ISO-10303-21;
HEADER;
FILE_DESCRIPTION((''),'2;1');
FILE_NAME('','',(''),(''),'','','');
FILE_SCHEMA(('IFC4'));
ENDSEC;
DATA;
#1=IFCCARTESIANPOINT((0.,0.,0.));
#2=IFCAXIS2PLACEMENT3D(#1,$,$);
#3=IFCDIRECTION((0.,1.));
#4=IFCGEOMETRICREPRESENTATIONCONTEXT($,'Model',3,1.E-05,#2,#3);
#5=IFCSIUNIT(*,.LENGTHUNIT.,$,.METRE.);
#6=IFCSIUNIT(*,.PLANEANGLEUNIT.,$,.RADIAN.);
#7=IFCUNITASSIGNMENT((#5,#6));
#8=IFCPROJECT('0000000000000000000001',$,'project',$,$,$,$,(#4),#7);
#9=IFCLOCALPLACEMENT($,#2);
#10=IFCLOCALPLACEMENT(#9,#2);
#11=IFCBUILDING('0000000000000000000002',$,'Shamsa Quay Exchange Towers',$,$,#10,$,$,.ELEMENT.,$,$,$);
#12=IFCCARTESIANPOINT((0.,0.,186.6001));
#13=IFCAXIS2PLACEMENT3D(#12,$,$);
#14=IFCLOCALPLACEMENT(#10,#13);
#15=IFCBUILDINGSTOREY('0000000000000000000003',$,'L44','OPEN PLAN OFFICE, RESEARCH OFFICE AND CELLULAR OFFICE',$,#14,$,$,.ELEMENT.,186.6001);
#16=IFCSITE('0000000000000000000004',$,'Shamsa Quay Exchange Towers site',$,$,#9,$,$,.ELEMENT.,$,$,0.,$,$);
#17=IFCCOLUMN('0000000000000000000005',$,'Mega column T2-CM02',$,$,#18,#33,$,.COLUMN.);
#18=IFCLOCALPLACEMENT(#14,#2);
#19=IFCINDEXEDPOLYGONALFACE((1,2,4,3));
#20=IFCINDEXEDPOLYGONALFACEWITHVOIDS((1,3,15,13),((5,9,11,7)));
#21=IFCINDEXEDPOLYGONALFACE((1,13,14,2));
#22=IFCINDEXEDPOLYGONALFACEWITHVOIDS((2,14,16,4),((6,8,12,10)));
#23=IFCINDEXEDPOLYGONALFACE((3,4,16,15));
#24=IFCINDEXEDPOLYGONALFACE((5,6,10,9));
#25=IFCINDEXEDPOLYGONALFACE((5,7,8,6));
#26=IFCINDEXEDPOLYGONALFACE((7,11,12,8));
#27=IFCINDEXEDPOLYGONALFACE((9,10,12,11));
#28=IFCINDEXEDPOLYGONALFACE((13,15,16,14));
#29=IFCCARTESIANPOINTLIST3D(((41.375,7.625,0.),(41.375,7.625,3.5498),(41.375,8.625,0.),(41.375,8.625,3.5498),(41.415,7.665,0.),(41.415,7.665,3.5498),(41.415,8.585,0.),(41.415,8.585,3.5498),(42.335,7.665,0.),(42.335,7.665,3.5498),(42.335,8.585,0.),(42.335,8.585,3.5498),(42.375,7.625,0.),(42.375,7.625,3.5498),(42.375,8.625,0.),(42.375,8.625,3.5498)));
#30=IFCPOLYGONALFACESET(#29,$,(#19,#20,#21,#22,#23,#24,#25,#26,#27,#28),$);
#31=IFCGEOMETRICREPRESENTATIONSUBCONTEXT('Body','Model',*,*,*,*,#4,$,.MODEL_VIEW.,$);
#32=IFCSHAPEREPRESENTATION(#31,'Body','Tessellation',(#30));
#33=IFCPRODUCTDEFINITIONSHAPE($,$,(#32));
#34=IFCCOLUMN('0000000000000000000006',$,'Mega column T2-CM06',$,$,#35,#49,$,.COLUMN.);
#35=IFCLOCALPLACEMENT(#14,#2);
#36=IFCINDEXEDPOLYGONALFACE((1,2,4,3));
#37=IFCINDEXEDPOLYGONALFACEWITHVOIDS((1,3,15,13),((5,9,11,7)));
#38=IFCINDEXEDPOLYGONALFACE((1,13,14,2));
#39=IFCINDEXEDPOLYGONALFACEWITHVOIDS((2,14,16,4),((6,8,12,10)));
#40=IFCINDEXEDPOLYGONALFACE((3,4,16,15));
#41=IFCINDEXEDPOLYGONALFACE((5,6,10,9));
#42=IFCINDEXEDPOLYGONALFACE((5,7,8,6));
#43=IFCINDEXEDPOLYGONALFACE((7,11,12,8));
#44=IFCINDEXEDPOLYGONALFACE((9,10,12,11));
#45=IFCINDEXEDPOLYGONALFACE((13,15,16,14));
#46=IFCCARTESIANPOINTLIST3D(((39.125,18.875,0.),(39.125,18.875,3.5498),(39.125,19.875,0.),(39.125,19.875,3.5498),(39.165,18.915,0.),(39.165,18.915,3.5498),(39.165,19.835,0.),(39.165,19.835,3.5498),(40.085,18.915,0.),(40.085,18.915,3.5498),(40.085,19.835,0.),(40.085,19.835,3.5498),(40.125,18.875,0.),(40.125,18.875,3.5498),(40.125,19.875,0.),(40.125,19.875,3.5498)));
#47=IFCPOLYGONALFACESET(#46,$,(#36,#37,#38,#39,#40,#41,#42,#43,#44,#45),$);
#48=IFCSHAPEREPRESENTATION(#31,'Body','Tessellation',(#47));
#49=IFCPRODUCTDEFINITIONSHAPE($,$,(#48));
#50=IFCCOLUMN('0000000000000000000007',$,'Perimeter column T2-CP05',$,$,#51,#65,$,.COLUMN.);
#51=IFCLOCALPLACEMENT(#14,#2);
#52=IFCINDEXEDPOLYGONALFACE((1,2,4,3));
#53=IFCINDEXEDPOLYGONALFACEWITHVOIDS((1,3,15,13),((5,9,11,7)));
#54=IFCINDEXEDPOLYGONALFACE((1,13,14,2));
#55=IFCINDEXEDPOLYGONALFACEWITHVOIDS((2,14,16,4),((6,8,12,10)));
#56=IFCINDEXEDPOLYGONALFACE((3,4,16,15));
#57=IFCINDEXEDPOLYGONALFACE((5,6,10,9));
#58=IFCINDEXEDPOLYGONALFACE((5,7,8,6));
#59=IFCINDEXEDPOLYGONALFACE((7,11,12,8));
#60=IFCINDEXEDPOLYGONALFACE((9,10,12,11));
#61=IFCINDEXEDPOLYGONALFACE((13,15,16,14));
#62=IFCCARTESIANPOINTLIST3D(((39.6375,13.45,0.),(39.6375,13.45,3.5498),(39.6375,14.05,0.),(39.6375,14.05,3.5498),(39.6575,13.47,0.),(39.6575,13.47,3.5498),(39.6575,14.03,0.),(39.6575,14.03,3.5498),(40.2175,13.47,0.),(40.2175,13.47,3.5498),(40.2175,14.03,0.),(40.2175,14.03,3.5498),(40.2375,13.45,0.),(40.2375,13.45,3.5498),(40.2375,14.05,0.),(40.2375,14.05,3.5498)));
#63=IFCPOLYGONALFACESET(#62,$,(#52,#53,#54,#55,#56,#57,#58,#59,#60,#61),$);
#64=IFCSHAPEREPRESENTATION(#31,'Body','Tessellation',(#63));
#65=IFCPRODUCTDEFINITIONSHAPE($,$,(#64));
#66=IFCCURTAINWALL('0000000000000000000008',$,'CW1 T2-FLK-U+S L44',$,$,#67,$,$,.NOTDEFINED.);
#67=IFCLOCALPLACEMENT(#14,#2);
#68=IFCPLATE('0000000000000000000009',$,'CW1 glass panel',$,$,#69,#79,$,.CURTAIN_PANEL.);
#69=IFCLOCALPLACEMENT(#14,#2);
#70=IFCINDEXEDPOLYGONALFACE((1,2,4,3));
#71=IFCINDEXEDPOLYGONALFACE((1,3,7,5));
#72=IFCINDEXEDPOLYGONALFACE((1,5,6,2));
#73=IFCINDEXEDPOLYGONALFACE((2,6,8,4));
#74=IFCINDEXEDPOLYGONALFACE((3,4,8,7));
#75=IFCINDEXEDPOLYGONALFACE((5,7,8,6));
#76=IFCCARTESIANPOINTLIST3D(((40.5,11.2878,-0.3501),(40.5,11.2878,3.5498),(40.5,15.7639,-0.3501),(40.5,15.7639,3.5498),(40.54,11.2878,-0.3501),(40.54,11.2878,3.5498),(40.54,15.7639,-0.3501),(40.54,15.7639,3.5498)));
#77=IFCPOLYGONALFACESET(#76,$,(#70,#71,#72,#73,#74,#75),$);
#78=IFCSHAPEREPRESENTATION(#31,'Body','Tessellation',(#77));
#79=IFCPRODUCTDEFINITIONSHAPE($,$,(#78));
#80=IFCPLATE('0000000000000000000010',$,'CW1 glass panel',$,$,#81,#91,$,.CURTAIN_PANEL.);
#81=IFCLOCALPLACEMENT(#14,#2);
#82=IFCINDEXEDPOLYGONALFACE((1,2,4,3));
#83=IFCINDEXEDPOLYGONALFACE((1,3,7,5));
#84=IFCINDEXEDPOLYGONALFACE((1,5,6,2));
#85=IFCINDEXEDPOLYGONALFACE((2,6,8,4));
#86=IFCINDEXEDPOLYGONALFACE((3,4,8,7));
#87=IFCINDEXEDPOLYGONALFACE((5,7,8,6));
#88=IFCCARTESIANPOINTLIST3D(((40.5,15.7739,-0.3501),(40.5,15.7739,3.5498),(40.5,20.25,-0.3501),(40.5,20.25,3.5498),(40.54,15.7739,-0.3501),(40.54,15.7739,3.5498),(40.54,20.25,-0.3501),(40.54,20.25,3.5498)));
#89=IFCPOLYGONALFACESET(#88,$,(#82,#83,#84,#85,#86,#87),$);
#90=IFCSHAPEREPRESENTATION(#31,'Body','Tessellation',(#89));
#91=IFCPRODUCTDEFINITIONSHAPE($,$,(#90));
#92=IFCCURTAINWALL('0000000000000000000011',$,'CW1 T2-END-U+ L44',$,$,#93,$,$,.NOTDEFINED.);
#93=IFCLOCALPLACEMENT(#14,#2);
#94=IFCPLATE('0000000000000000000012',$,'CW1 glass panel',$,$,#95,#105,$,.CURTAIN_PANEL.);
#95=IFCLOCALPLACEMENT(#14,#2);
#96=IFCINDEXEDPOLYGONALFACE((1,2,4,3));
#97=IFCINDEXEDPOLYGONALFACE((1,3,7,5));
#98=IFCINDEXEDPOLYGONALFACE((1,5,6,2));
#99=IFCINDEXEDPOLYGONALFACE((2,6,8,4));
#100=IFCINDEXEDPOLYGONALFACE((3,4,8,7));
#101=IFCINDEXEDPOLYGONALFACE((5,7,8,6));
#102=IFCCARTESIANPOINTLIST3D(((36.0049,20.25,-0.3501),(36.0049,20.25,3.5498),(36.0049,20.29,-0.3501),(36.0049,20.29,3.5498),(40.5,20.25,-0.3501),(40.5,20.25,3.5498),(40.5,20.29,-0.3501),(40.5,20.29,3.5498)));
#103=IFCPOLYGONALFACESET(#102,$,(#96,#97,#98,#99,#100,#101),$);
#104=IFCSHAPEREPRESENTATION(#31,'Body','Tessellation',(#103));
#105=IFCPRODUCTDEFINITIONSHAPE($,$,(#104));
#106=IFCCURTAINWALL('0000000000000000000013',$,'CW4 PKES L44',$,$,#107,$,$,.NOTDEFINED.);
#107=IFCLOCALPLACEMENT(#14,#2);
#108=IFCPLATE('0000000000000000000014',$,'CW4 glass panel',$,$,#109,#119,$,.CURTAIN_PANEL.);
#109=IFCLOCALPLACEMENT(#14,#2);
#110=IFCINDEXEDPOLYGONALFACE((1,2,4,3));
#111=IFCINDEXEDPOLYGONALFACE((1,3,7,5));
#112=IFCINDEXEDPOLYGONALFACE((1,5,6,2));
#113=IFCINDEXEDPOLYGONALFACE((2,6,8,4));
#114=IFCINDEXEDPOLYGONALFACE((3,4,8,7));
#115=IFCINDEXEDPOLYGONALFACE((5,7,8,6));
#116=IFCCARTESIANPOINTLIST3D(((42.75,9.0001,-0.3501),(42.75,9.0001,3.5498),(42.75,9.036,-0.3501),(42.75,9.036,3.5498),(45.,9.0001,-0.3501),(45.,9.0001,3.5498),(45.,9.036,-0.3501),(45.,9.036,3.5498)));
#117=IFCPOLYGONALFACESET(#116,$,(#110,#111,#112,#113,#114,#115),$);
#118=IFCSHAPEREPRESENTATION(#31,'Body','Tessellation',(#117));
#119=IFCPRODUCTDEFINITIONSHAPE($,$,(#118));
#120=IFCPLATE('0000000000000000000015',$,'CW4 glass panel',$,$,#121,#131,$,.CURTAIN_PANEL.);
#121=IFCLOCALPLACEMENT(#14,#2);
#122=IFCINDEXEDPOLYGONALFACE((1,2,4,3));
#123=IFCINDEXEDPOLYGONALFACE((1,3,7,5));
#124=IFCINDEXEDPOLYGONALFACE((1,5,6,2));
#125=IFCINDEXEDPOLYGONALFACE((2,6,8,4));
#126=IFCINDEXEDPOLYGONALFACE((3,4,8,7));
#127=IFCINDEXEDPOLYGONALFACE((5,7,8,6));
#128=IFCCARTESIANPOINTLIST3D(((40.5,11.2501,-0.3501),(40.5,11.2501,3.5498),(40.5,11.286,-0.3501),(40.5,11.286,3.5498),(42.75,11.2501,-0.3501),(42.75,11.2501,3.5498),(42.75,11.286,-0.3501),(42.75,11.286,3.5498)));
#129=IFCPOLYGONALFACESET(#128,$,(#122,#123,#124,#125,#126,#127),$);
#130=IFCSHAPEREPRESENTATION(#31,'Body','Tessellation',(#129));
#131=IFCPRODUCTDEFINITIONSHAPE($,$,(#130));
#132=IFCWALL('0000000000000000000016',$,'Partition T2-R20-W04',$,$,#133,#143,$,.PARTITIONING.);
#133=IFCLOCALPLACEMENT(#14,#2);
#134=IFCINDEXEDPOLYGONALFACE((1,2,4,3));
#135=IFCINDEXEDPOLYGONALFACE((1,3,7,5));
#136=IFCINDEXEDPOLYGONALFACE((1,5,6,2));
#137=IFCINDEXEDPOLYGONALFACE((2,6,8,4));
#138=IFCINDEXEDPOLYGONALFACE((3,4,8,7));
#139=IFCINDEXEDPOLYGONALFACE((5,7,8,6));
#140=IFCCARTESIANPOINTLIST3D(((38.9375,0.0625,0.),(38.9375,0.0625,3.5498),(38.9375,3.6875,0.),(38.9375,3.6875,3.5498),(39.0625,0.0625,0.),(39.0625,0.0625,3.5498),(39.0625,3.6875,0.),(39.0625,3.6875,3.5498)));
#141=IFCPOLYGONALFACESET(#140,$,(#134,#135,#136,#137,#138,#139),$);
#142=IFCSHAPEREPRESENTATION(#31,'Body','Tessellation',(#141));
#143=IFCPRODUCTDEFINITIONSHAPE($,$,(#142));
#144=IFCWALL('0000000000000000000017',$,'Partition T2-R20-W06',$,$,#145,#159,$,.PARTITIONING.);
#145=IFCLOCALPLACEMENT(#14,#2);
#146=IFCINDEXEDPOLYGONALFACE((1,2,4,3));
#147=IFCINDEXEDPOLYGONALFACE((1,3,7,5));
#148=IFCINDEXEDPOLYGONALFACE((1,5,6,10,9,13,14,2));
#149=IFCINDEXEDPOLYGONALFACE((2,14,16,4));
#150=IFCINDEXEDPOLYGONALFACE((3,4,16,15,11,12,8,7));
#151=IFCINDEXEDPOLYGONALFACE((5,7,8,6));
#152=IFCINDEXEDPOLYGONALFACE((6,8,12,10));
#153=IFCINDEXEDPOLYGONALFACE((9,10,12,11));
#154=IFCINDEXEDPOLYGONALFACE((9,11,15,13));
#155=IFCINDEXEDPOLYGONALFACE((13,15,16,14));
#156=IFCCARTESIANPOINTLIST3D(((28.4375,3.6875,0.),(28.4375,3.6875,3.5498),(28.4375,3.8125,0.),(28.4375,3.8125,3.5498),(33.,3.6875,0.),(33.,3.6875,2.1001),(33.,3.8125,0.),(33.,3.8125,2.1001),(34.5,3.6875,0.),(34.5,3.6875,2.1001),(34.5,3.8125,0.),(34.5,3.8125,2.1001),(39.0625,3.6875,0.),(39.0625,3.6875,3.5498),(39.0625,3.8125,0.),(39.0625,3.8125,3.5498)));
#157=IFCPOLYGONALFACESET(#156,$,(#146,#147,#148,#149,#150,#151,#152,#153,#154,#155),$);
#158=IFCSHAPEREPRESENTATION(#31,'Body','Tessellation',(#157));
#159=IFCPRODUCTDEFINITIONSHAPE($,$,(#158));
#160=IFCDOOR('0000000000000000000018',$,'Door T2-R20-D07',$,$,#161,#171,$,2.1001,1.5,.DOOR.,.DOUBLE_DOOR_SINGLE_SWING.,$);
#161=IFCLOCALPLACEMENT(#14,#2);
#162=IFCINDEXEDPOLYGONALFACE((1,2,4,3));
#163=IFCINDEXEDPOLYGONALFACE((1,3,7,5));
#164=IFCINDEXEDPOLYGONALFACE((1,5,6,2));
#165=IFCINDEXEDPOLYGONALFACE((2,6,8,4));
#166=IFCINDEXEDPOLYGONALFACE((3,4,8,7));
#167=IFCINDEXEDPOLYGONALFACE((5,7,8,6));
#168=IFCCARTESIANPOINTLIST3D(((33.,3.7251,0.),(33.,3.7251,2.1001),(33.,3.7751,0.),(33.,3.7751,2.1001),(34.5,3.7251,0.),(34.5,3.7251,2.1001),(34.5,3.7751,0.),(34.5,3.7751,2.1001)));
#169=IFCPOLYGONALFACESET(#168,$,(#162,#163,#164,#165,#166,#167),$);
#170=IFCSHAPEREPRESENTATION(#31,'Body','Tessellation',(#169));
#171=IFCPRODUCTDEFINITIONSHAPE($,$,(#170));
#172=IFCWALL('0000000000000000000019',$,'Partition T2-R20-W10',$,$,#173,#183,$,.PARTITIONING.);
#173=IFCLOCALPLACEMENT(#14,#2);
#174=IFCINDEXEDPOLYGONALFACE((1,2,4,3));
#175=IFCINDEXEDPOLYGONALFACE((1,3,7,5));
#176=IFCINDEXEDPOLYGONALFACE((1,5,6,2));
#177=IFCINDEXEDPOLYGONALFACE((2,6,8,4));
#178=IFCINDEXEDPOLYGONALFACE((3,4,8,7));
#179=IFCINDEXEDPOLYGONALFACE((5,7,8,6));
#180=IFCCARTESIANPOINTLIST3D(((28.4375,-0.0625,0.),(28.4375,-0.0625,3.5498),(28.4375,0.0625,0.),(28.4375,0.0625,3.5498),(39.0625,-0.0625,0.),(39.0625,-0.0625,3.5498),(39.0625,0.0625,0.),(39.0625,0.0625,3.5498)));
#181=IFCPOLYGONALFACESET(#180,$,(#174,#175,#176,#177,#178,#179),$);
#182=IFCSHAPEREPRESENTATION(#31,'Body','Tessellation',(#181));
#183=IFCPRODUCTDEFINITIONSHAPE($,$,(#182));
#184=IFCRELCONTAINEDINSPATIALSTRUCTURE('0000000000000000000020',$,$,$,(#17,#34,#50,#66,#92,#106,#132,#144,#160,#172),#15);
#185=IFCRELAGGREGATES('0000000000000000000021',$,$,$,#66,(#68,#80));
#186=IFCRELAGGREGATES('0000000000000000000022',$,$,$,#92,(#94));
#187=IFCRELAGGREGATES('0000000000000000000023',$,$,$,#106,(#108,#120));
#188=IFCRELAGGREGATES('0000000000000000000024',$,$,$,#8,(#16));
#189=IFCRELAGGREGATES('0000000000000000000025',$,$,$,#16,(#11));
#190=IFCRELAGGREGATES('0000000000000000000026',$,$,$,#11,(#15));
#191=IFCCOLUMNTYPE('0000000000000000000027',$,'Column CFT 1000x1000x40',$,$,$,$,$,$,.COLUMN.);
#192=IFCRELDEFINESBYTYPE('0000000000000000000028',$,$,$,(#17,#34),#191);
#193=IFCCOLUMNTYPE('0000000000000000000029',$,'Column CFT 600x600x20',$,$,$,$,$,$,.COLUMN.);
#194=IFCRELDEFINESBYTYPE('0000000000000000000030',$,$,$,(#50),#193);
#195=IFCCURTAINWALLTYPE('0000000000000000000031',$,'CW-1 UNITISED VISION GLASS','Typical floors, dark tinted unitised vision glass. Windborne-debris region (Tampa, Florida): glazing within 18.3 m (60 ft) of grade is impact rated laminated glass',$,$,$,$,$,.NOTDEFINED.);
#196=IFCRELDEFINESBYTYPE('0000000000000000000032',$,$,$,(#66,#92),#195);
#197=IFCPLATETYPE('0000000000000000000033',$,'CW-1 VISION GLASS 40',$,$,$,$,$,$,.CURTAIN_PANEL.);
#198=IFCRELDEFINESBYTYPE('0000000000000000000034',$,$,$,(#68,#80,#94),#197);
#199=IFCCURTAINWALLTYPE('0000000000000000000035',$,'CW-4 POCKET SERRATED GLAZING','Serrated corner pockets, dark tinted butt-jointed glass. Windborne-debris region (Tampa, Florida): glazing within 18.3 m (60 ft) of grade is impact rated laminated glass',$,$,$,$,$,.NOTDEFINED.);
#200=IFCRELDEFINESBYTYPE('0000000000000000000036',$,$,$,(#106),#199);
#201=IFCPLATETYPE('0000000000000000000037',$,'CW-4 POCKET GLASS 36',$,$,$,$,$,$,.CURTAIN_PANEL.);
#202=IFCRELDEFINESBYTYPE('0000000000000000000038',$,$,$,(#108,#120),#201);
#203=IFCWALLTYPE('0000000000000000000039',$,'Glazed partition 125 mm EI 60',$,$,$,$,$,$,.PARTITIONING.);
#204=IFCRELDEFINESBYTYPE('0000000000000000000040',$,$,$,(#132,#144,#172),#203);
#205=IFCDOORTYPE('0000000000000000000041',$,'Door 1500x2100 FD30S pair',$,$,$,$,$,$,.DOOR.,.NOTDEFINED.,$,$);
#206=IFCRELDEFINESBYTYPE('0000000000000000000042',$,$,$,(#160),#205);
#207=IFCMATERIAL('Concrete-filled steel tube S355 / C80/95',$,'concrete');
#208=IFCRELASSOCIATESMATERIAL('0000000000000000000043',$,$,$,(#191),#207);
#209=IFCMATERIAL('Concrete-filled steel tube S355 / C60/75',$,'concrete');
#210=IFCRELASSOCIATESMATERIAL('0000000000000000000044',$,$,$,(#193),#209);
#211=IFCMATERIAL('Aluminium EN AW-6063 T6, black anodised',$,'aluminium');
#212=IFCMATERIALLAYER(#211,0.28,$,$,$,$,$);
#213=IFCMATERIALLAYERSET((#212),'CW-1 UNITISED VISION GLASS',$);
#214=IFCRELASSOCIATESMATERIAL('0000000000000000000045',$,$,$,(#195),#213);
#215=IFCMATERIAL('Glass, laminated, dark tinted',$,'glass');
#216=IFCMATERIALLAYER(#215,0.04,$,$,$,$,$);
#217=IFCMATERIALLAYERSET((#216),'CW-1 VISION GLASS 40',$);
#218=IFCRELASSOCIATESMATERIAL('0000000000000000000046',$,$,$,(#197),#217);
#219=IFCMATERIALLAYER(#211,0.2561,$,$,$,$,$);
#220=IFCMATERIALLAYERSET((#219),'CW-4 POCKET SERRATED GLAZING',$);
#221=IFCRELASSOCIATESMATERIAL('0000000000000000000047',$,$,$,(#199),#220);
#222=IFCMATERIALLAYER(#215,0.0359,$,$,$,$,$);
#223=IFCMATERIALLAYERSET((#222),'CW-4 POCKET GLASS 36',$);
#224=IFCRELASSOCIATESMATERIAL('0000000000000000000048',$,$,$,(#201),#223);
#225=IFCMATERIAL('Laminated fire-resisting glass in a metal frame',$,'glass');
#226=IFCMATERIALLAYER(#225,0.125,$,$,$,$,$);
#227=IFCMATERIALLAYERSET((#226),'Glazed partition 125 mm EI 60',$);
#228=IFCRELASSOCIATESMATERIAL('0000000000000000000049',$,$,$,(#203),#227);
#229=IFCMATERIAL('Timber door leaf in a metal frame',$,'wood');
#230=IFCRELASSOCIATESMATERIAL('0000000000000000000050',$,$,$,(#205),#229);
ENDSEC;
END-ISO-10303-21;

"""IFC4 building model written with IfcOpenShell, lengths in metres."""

from ifc_helpers import new_model, si_unit, direction, frame, frame_2d, origin, origin_2d, place, context, subcontext, project, spatial, rectangle, hollow_rectangle, extrude, material, layer, layer_set, material_profile, profile_set, type_object, element, fill, aggregate, save


model = new_model("IFC4")

# Units and contexts
model_context = context("Model", 3, precision=1e-05, world=origin(), true_north=direction((0.0, 1.0)))
body_context = subcontext(model_context, "Body", "Model", "MODEL_VIEW")
ifc_project = project(units=[si_unit("LENGTHUNIT", "METRE"), si_unit("PLANEANGLEUNIT", "RADIAN")], contexts=[model_context])

# Site, building, storey
site_placement = place(None, origin())
site = spatial("IfcSite", under=ifc_project, at=site_placement, Name="Shamsa Quay Exchange Towers site", CompositionType="ELEMENT", RefElevation=0.0)
building_placement = place(site_placement, origin())
building = spatial("IfcBuilding", under=site, at=building_placement, Name="Shamsa Quay Exchange Towers", CompositionType="ELEMENT")
storey_placement = place(building_placement, frame((0.0, 0.0, 186.6001)))
storey = spatial("IfcBuildingStorey", under=building, at=storey_placement, Name="L44", Description="OPEN PLAN OFFICE, RESEARCH OFFICE AND CELLULAR OFFICE", CompositionType="ELEMENT", Elevation=186.6001)

# Columns
ifc_material_1 = material(Name="Concrete-filled steel tube S355 / C80/95", Category="concrete")
ifc_material_profile_1 = material_profile(ifc_material_1, hollow_rectangle(XDim=1.0, YDim=1.0, WallThickness=0.04, at=origin_2d()), Name="CFT 1000x1000x40")
ifc_profile_set_1 = profile_set([ifc_material_profile_1], Name="Concrete-filled steel tube S355 / C80/95")
column_type_1 = type_object("IfcColumnType", Name="Column CFT 1000x1000x40", PredefinedType="COLUMN", material=ifc_profile_set_1)
for number, where, name in (
    (1, (41.875, 8.125, 0.0), "Mega column T2-CM02"),
    (2, (39.625, 19.375, 0.0), "Mega column T2-CM06"),
):
    element("IfcColumn", number, at=place(storey_placement, frame(where)), inside=storey, type_object=column_type_1, Name=name, PredefinedType="COLUMN", context=body_context, shape_type="SweptSolid", body=[
        extrude(hollow_rectangle(XDim=1.0, YDim=1.0, WallThickness=0.04, at=origin_2d()), origin(), (0.0, 0.0, 1.0), 3.5498),
    ])
ifc_material_2 = material(Name="Concrete-filled steel tube S355 / C60/75", Category="concrete")
ifc_material_profile_2 = material_profile(ifc_material_2, hollow_rectangle(XDim=0.6001, YDim=0.6001, WallThickness=0.02, at=origin_2d()), Name="CFT 600x600x20")
ifc_profile_set_2 = profile_set([ifc_material_profile_2], Name="Concrete-filled steel tube S355 / C60/75")
column_type_2 = type_object("IfcColumnType", Name="Column CFT 600x600x20", PredefinedType="COLUMN", material=ifc_profile_set_2)
column_placement = place(storey_placement, frame((39.9375, 13.75, 0.0)))
element("IfcColumn", 3, at=column_placement, inside=storey, type_object=column_type_2, Name="Perimeter column T2-CP05", PredefinedType="COLUMN", context=body_context, shape_type="SweptSolid", body=[
    extrude(hollow_rectangle(XDim=0.6001, YDim=0.6001, WallThickness=0.02, at=origin_2d()), origin(), (0.0, 0.0, 1.0), 3.5498),
])

# Curtain wall, plates
ifc_material_3 = material(Name="Aluminium EN AW-6063 T6, black anodised", Category="aluminium")
ifc_layer_1 = layer(ifc_material_3, 0.28)
ifc_layer_set_1 = layer_set([ifc_layer_1], Name="CW-1 UNITISED VISION GLASS")
curtain_wall_type_1 = type_object("IfcCurtainWallType", Name="CW-1 UNITISED VISION GLASS", Description="Typical floors, dark tinted unitised vision glass. Windborne-debris region (Tampa, Florida): glazing within 18.3 m (60 ft) of grade is impact rated laminated glass", PredefinedType="NOTDEFINED", material=ifc_layer_set_1)
curtain_wall_1_placement = place(storey_placement, origin())
curtain_wall_1 = element("IfcCurtainWall", 4, at=curtain_wall_1_placement, inside=storey, type_object=curtain_wall_type_1, Name="CW1 T2-FLK-U+S L44", PredefinedType="NOTDEFINED")
ifc_material_4 = material(Name="Glass, laminated, dark tinted", Category="glass")
ifc_layer_2 = layer(ifc_material_4, 0.04)
ifc_layer_set_2 = layer_set([ifc_layer_2], Name="CW-1 VISION GLASS 40")
plate_type_1 = type_object("IfcPlateType", Name="CW-1 VISION GLASS 40", PredefinedType="CURTAIN_PANEL", material=ifc_layer_set_2)
plate_1_placement = place(storey_placement, frame((40.52, 13.5259, -0.3501), z_axis=(0.0, 0.0, 1.0), x_axis=(0.0, 1.0, 0.0)))
plate_1 = element("IfcPlate", 5, at=plate_1_placement, type_object=plate_type_1, Name="CW1 glass panel", PredefinedType="CURTAIN_PANEL", context=body_context, shape_type="SweptSolid", body=[
    extrude(rectangle(XDim=4.4761, YDim=0.04, at=origin_2d()), origin(), (0.0, 0.0, 1.0), 3.8999),
])
plate_2_placement = place(storey_placement, frame((40.52, 18.012, -0.3501), z_axis=(0.0, 0.0, 1.0), x_axis=(0.0, 1.0, 0.0)))
plate_2 = element("IfcPlate", 6, at=plate_2_placement, type_object=plate_type_1, Name="CW1 glass panel", PredefinedType="CURTAIN_PANEL", context=body_context, shape_type="SweptSolid", body=[
    extrude(rectangle(XDim=4.4761, YDim=0.04, at=origin_2d()), origin(), (0.0, 0.0, 1.0), 3.8999),
])
aggregate(curtain_wall_1, [plate_1, plate_2])

# Curtain wall, plate
curtain_wall_2_placement = place(storey_placement, origin())
curtain_wall_2 = element("IfcCurtainWall", 7, at=curtain_wall_2_placement, inside=storey, type_object=curtain_wall_type_1, Name="CW1 T2-END-U+ L44", PredefinedType="NOTDEFINED")
plate_3_placement = place(storey_placement, frame((38.2524, 20.27, -0.3501), z_axis=(0.0, 0.0, 1.0), x_axis=(-1.0, 0.0, 0.0)))
plate_3 = element("IfcPlate", 8, at=plate_3_placement, type_object=plate_type_1, Name="CW1 glass panel", PredefinedType="CURTAIN_PANEL", context=body_context, shape_type="SweptSolid", body=[
    extrude(rectangle(XDim=4.4951, YDim=0.04, at=origin_2d()), origin(), (0.0, 0.0, 1.0), 3.8999),
])
aggregate(curtain_wall_2, [plate_3])

# Curtain wall, plates
ifc_layer_3 = layer(ifc_material_3, 0.2561)
ifc_layer_set_3 = layer_set([ifc_layer_3], Name="CW-4 POCKET SERRATED GLAZING")
curtain_wall_type_2 = type_object("IfcCurtainWallType", Name="CW-4 POCKET SERRATED GLAZING", Description="Serrated corner pockets, dark tinted butt-jointed glass. Windborne-debris region (Tampa, Florida): glazing within 18.3 m (60 ft) of grade is impact rated laminated glass", PredefinedType="NOTDEFINED", material=ifc_layer_set_3)
curtain_wall_3_placement = place(storey_placement, origin())
curtain_wall_3 = element("IfcCurtainWall", 9, at=curtain_wall_3_placement, inside=storey, type_object=curtain_wall_type_2, Name="CW4 PKES L44", PredefinedType="NOTDEFINED")
ifc_layer_4 = layer(ifc_material_4, 0.0359)
ifc_layer_set_4 = layer_set([ifc_layer_4], Name="CW-4 POCKET GLASS 36")
plate_type_2 = type_object("IfcPlateType", Name="CW-4 POCKET GLASS 36", PredefinedType="CURTAIN_PANEL", material=ifc_layer_set_4)
plate_4_placement = place(storey_placement, frame((43.875, 9.0181, -0.3501), z_axis=(0.0, 0.0, 1.0), x_axis=(-1.0, 0.0, 0.0)))
plate_4 = element("IfcPlate", 10, at=plate_4_placement, type_object=plate_type_2, Name="CW4 glass panel", PredefinedType="CURTAIN_PANEL", context=body_context, shape_type="SweptSolid", body=[
    extrude(rectangle(XDim=2.25, YDim=0.0359, at=origin_2d()), origin(), (0.0, 0.0, 1.0), 3.8999),
])
plate_5_placement = place(storey_placement, frame((41.625, 11.2681, -0.3501), z_axis=(0.0, 0.0, 1.0), x_axis=(-1.0, 0.0, 0.0)))
plate_5 = element("IfcPlate", 11, at=plate_5_placement, type_object=plate_type_2, Name="CW4 glass panel", PredefinedType="CURTAIN_PANEL", context=body_context, shape_type="SweptSolid", body=[
    extrude(rectangle(XDim=2.25, YDim=0.0359, at=origin_2d()), origin(), (0.0, 0.0, 1.0), 3.8999),
])
aggregate(curtain_wall_3, [plate_4, plate_5])

# Wall
ifc_material_5 = material(Name="Laminated fire-resisting glass in a metal frame", Category="glass")
ifc_layer_5 = layer(ifc_material_5, 0.125)
ifc_layer_set_5 = layer_set([ifc_layer_5], Name="Glazed partition 125 mm EI 60")
wall_type_1 = type_object("IfcWallType", Name="Glazed partition 125 mm EI 60", PredefinedType="PARTITIONING", material=ifc_layer_set_5)
wall_1_placement = place(storey_placement, frame((39.0, 0.0625, 0.0), z_axis=(0.0, 0.0, 1.0), x_axis=(0.0, 1.0, 0.0)))
element("IfcWall", 12, at=wall_1_placement, inside=storey, type_object=wall_type_1, Name="Partition T2-R20-W04", PredefinedType="PARTITIONING", context=body_context, shape_type="SweptSolid", body=[
    extrude(rectangle(XDim=3.625, YDim=0.125, at=frame_2d((1.8125, 0.0))), origin(), (0.0, 0.0, 1.0), 3.5498),
])

# Wall, opening, door
wall_2_placement = place(storey_placement, frame((39.0625, 3.75, 0.0), z_axis=(0.0, 0.0, 1.0), x_axis=(-1.0, 0.0, 0.0)))
wall_2 = element("IfcWall", 13, at=wall_2_placement, inside=storey, type_object=wall_type_1, Name="Partition T2-R20-W06", PredefinedType="PARTITIONING", context=body_context, shape_type="SweptSolid", body=[
    extrude(rectangle(XDim=10.625, YDim=0.125, at=frame_2d((5.3125, 0.0))), origin(), (0.0, 0.0, 1.0), 3.5498),
])
opening_1_placement = place(wall_2_placement, frame((4.5625, 0.0, 0.0)))
opening_1 = element("IfcOpeningElement", 14, at=opening_1_placement, cuts=wall_2, PredefinedType="OPENING", context=body_context, shape_type="SweptSolid", body=[
    extrude(rectangle(XDim=1.5, YDim=2.1001, at=frame_2d((0.75, 1.05))), frame((0.0, 0.0725, 0.0), z_axis=(0.0, -1.0, 0.0), x_axis=(1.0, 0.0, 0.0)), (0.0, 0.0, 1.0), 0.145),
])
ifc_material_6 = material(Name="Timber door leaf in a metal frame", Category="wood")
door_type_1 = type_object("IfcDoorType", Name="Door 1500x2100 FD30S pair", OperationType="NOTDEFINED", PredefinedType="DOOR", material=ifc_material_6)
door_1_placement = place(opening_1_placement, origin())
door_1 = element("IfcDoor", 15, at=door_1_placement, inside=storey, type_object=door_type_1, Name="Door T2-R20-D07", OperationType="DOUBLE_DOOR_SINGLE_SWING", OverallHeight=2.1001, OverallWidth=1.5, PredefinedType="DOOR", context=body_context, shape_type="SweptSolid", body=[
    extrude(rectangle(XDim=1.5, YDim=2.1001, at=frame_2d((0.75, 1.05))), frame((0.0, 0.0249, 0.0), z_axis=(0.0, -1.0, 0.0), x_axis=(1.0, 0.0, 0.0)), (0.0, 0.0, 1.0), 0.05),
])
fill(opening_1, door_1)

# Wall
wall_3_placement = place(storey_placement, frame((39.0625, 0.0, 0.0), z_axis=(0.0, 0.0, 1.0), x_axis=(-1.0, 0.0, 0.0)))
element("IfcWall", 16, at=wall_3_placement, inside=storey, type_object=wall_type_1, Name="Partition T2-R20-W10", PredefinedType="PARTITIONING", context=body_context, shape_type="SweptSolid", body=[
    extrude(rectangle(XDim=10.625, YDim=0.125, at=frame_2d((5.3125, 0.0))), origin(), (0.0, 0.0, 1.0), 3.5498),
])

save(model, "model.ifc")
